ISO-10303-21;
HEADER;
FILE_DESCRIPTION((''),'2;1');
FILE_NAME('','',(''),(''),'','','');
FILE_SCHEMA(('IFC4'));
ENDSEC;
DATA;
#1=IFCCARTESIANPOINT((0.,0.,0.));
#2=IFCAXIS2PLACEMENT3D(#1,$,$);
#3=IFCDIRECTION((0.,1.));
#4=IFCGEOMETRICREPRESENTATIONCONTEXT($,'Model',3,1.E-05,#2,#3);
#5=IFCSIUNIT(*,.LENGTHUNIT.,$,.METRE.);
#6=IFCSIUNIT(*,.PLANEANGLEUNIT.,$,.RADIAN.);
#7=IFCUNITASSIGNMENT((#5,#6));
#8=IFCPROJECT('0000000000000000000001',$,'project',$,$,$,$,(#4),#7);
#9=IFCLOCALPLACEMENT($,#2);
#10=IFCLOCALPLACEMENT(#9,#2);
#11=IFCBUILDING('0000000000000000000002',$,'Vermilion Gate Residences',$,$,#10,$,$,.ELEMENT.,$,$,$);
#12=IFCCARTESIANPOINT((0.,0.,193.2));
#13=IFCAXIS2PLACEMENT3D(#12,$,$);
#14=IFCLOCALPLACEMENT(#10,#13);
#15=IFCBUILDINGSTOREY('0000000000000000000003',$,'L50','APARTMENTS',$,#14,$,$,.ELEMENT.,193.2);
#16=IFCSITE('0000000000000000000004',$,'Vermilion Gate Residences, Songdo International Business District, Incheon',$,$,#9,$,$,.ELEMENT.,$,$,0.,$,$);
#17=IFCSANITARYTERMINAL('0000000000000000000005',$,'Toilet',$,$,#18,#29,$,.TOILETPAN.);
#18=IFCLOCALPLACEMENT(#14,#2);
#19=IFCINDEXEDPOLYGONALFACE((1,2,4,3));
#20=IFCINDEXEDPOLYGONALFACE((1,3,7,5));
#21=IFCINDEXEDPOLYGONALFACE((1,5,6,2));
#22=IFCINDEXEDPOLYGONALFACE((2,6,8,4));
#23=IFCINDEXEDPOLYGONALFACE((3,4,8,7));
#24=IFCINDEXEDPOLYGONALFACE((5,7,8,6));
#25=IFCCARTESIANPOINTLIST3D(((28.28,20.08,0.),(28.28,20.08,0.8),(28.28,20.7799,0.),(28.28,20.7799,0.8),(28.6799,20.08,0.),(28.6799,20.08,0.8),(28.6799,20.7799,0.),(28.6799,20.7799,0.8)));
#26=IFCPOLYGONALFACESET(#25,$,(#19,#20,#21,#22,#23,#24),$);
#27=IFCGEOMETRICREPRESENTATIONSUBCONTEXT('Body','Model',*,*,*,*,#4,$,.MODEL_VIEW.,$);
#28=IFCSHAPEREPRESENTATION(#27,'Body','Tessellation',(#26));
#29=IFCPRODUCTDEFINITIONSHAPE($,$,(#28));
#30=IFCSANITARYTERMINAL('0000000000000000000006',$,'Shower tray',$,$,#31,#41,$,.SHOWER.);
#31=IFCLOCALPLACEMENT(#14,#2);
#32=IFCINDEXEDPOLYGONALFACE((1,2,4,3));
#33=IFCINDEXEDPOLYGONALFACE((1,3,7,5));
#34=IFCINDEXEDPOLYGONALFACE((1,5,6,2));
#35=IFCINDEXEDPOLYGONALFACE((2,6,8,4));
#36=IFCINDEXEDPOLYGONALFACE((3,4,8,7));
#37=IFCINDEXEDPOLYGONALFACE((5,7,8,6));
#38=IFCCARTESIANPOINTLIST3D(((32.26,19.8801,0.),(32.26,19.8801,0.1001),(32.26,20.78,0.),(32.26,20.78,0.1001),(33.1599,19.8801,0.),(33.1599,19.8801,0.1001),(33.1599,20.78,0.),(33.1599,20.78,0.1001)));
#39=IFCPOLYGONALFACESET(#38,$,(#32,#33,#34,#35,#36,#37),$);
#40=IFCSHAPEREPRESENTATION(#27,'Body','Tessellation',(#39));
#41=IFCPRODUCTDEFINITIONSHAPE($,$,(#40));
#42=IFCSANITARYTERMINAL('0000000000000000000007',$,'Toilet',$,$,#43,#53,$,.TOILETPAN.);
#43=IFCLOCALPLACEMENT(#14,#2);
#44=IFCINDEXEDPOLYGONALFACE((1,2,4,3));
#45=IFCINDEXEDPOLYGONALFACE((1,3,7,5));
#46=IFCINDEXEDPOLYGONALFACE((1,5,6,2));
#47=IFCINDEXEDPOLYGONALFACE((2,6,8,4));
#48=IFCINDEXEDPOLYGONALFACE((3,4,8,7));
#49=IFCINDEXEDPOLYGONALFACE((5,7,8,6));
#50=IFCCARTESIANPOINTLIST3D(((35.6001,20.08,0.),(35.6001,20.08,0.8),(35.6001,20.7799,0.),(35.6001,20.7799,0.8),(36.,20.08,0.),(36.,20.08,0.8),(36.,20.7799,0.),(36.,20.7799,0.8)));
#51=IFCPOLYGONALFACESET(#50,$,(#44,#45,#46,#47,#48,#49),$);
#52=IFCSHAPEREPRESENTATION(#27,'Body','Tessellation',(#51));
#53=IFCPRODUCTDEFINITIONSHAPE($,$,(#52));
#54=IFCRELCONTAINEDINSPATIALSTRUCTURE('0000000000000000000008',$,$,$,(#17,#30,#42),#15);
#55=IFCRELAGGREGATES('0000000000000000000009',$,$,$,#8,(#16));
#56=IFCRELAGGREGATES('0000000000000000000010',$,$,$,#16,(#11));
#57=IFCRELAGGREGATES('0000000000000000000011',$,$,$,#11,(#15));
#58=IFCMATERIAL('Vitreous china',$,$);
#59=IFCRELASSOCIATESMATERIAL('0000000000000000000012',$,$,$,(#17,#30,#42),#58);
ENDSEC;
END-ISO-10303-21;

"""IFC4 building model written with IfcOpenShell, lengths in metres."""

from ifc_helpers import new_model, si_unit, direction, frame, origin, origin_2d, place, context, subcontext, project, spatial, rectangle, extrude, material, element, save


model = new_model("IFC4")

# Units and contexts
model_context = context("Model", 3, precision=1e-05, world=origin(), true_north=direction((0.0, 1.0)))
body_context = subcontext(model_context, "Body", "Model", "MODEL_VIEW")
ifc_project = project(units=[si_unit("LENGTHUNIT", "METRE"), si_unit("PLANEANGLEUNIT", "RADIAN")], contexts=[model_context])

# Site, building, storey
site_placement = place(None, origin())
site = spatial("IfcSite", under=ifc_project, at=site_placement, Name="Vermilion Gate Residences, Songdo International Business District, Incheon", CompositionType="ELEMENT", RefElevation=0.0)
building_placement = place(site_placement, origin())
building = spatial("IfcBuilding", under=site, at=building_placement, Name="Vermilion Gate Residences", CompositionType="ELEMENT")
storey_placement = place(building_placement, frame((0.0, 0.0, 193.2)))
storey = spatial("IfcBuildingStorey", under=building, at=storey_placement, Name="L50", Description="APARTMENTS", CompositionType="ELEMENT", Elevation=193.2)

# Sanitary terminals
ifc_material_1 = material(Name="Vitreous china")
sanitary_terminal_1_placement = place(storey_placement, frame((28.48, 20.4299, 0.0), z_axis=(0.0, 0.0, 1.0), x_axis=(1.0, 0.0, 0.0)))
element("IfcSanitaryTerminal", 1, at=sanitary_terminal_1_placement, inside=storey, material=ifc_material_1, Name="Toilet", PredefinedType="TOILETPAN", context=body_context, shape_type="SweptSolid", body=[
    extrude(rectangle(XDim=0.3999, YDim=0.7, at=origin_2d()), origin(), (0.0, 0.0, 1.0), 0.8),
])
sanitary_terminal_2_placement = place(storey_placement, frame((32.71, 20.3301, 0.0), z_axis=(0.0, 0.0, 1.0), x_axis=(1.0, 0.0, 0.0)))
element("IfcSanitaryTerminal", 2, at=sanitary_terminal_2_placement, inside=storey, material=ifc_material_1, Name="Shower tray", PredefinedType="SHOWER", context=body_context, shape_type="SweptSolid", body=[
    extrude(rectangle(XDim=0.8999, YDim=0.8999, at=origin_2d()), origin(), (0.0, 0.0, 1.0), 0.1001),
])
sanitary_terminal_3_placement = place(storey_placement, frame((35.8, 20.4299, 0.0), z_axis=(0.0, 0.0, 1.0), x_axis=(1.0, 0.0, 0.0)))
element("IfcSanitaryTerminal", 3, at=sanitary_terminal_3_placement, inside=storey, material=ifc_material_1, Name="Toilet", PredefinedType="TOILETPAN", context=body_context, shape_type="SweptSolid", body=[
    extrude(rectangle(XDim=0.3999, YDim=0.7, at=origin_2d()), origin(), (0.0, 0.0, 1.0), 0.8),
])

save(model, "model.ifc")
